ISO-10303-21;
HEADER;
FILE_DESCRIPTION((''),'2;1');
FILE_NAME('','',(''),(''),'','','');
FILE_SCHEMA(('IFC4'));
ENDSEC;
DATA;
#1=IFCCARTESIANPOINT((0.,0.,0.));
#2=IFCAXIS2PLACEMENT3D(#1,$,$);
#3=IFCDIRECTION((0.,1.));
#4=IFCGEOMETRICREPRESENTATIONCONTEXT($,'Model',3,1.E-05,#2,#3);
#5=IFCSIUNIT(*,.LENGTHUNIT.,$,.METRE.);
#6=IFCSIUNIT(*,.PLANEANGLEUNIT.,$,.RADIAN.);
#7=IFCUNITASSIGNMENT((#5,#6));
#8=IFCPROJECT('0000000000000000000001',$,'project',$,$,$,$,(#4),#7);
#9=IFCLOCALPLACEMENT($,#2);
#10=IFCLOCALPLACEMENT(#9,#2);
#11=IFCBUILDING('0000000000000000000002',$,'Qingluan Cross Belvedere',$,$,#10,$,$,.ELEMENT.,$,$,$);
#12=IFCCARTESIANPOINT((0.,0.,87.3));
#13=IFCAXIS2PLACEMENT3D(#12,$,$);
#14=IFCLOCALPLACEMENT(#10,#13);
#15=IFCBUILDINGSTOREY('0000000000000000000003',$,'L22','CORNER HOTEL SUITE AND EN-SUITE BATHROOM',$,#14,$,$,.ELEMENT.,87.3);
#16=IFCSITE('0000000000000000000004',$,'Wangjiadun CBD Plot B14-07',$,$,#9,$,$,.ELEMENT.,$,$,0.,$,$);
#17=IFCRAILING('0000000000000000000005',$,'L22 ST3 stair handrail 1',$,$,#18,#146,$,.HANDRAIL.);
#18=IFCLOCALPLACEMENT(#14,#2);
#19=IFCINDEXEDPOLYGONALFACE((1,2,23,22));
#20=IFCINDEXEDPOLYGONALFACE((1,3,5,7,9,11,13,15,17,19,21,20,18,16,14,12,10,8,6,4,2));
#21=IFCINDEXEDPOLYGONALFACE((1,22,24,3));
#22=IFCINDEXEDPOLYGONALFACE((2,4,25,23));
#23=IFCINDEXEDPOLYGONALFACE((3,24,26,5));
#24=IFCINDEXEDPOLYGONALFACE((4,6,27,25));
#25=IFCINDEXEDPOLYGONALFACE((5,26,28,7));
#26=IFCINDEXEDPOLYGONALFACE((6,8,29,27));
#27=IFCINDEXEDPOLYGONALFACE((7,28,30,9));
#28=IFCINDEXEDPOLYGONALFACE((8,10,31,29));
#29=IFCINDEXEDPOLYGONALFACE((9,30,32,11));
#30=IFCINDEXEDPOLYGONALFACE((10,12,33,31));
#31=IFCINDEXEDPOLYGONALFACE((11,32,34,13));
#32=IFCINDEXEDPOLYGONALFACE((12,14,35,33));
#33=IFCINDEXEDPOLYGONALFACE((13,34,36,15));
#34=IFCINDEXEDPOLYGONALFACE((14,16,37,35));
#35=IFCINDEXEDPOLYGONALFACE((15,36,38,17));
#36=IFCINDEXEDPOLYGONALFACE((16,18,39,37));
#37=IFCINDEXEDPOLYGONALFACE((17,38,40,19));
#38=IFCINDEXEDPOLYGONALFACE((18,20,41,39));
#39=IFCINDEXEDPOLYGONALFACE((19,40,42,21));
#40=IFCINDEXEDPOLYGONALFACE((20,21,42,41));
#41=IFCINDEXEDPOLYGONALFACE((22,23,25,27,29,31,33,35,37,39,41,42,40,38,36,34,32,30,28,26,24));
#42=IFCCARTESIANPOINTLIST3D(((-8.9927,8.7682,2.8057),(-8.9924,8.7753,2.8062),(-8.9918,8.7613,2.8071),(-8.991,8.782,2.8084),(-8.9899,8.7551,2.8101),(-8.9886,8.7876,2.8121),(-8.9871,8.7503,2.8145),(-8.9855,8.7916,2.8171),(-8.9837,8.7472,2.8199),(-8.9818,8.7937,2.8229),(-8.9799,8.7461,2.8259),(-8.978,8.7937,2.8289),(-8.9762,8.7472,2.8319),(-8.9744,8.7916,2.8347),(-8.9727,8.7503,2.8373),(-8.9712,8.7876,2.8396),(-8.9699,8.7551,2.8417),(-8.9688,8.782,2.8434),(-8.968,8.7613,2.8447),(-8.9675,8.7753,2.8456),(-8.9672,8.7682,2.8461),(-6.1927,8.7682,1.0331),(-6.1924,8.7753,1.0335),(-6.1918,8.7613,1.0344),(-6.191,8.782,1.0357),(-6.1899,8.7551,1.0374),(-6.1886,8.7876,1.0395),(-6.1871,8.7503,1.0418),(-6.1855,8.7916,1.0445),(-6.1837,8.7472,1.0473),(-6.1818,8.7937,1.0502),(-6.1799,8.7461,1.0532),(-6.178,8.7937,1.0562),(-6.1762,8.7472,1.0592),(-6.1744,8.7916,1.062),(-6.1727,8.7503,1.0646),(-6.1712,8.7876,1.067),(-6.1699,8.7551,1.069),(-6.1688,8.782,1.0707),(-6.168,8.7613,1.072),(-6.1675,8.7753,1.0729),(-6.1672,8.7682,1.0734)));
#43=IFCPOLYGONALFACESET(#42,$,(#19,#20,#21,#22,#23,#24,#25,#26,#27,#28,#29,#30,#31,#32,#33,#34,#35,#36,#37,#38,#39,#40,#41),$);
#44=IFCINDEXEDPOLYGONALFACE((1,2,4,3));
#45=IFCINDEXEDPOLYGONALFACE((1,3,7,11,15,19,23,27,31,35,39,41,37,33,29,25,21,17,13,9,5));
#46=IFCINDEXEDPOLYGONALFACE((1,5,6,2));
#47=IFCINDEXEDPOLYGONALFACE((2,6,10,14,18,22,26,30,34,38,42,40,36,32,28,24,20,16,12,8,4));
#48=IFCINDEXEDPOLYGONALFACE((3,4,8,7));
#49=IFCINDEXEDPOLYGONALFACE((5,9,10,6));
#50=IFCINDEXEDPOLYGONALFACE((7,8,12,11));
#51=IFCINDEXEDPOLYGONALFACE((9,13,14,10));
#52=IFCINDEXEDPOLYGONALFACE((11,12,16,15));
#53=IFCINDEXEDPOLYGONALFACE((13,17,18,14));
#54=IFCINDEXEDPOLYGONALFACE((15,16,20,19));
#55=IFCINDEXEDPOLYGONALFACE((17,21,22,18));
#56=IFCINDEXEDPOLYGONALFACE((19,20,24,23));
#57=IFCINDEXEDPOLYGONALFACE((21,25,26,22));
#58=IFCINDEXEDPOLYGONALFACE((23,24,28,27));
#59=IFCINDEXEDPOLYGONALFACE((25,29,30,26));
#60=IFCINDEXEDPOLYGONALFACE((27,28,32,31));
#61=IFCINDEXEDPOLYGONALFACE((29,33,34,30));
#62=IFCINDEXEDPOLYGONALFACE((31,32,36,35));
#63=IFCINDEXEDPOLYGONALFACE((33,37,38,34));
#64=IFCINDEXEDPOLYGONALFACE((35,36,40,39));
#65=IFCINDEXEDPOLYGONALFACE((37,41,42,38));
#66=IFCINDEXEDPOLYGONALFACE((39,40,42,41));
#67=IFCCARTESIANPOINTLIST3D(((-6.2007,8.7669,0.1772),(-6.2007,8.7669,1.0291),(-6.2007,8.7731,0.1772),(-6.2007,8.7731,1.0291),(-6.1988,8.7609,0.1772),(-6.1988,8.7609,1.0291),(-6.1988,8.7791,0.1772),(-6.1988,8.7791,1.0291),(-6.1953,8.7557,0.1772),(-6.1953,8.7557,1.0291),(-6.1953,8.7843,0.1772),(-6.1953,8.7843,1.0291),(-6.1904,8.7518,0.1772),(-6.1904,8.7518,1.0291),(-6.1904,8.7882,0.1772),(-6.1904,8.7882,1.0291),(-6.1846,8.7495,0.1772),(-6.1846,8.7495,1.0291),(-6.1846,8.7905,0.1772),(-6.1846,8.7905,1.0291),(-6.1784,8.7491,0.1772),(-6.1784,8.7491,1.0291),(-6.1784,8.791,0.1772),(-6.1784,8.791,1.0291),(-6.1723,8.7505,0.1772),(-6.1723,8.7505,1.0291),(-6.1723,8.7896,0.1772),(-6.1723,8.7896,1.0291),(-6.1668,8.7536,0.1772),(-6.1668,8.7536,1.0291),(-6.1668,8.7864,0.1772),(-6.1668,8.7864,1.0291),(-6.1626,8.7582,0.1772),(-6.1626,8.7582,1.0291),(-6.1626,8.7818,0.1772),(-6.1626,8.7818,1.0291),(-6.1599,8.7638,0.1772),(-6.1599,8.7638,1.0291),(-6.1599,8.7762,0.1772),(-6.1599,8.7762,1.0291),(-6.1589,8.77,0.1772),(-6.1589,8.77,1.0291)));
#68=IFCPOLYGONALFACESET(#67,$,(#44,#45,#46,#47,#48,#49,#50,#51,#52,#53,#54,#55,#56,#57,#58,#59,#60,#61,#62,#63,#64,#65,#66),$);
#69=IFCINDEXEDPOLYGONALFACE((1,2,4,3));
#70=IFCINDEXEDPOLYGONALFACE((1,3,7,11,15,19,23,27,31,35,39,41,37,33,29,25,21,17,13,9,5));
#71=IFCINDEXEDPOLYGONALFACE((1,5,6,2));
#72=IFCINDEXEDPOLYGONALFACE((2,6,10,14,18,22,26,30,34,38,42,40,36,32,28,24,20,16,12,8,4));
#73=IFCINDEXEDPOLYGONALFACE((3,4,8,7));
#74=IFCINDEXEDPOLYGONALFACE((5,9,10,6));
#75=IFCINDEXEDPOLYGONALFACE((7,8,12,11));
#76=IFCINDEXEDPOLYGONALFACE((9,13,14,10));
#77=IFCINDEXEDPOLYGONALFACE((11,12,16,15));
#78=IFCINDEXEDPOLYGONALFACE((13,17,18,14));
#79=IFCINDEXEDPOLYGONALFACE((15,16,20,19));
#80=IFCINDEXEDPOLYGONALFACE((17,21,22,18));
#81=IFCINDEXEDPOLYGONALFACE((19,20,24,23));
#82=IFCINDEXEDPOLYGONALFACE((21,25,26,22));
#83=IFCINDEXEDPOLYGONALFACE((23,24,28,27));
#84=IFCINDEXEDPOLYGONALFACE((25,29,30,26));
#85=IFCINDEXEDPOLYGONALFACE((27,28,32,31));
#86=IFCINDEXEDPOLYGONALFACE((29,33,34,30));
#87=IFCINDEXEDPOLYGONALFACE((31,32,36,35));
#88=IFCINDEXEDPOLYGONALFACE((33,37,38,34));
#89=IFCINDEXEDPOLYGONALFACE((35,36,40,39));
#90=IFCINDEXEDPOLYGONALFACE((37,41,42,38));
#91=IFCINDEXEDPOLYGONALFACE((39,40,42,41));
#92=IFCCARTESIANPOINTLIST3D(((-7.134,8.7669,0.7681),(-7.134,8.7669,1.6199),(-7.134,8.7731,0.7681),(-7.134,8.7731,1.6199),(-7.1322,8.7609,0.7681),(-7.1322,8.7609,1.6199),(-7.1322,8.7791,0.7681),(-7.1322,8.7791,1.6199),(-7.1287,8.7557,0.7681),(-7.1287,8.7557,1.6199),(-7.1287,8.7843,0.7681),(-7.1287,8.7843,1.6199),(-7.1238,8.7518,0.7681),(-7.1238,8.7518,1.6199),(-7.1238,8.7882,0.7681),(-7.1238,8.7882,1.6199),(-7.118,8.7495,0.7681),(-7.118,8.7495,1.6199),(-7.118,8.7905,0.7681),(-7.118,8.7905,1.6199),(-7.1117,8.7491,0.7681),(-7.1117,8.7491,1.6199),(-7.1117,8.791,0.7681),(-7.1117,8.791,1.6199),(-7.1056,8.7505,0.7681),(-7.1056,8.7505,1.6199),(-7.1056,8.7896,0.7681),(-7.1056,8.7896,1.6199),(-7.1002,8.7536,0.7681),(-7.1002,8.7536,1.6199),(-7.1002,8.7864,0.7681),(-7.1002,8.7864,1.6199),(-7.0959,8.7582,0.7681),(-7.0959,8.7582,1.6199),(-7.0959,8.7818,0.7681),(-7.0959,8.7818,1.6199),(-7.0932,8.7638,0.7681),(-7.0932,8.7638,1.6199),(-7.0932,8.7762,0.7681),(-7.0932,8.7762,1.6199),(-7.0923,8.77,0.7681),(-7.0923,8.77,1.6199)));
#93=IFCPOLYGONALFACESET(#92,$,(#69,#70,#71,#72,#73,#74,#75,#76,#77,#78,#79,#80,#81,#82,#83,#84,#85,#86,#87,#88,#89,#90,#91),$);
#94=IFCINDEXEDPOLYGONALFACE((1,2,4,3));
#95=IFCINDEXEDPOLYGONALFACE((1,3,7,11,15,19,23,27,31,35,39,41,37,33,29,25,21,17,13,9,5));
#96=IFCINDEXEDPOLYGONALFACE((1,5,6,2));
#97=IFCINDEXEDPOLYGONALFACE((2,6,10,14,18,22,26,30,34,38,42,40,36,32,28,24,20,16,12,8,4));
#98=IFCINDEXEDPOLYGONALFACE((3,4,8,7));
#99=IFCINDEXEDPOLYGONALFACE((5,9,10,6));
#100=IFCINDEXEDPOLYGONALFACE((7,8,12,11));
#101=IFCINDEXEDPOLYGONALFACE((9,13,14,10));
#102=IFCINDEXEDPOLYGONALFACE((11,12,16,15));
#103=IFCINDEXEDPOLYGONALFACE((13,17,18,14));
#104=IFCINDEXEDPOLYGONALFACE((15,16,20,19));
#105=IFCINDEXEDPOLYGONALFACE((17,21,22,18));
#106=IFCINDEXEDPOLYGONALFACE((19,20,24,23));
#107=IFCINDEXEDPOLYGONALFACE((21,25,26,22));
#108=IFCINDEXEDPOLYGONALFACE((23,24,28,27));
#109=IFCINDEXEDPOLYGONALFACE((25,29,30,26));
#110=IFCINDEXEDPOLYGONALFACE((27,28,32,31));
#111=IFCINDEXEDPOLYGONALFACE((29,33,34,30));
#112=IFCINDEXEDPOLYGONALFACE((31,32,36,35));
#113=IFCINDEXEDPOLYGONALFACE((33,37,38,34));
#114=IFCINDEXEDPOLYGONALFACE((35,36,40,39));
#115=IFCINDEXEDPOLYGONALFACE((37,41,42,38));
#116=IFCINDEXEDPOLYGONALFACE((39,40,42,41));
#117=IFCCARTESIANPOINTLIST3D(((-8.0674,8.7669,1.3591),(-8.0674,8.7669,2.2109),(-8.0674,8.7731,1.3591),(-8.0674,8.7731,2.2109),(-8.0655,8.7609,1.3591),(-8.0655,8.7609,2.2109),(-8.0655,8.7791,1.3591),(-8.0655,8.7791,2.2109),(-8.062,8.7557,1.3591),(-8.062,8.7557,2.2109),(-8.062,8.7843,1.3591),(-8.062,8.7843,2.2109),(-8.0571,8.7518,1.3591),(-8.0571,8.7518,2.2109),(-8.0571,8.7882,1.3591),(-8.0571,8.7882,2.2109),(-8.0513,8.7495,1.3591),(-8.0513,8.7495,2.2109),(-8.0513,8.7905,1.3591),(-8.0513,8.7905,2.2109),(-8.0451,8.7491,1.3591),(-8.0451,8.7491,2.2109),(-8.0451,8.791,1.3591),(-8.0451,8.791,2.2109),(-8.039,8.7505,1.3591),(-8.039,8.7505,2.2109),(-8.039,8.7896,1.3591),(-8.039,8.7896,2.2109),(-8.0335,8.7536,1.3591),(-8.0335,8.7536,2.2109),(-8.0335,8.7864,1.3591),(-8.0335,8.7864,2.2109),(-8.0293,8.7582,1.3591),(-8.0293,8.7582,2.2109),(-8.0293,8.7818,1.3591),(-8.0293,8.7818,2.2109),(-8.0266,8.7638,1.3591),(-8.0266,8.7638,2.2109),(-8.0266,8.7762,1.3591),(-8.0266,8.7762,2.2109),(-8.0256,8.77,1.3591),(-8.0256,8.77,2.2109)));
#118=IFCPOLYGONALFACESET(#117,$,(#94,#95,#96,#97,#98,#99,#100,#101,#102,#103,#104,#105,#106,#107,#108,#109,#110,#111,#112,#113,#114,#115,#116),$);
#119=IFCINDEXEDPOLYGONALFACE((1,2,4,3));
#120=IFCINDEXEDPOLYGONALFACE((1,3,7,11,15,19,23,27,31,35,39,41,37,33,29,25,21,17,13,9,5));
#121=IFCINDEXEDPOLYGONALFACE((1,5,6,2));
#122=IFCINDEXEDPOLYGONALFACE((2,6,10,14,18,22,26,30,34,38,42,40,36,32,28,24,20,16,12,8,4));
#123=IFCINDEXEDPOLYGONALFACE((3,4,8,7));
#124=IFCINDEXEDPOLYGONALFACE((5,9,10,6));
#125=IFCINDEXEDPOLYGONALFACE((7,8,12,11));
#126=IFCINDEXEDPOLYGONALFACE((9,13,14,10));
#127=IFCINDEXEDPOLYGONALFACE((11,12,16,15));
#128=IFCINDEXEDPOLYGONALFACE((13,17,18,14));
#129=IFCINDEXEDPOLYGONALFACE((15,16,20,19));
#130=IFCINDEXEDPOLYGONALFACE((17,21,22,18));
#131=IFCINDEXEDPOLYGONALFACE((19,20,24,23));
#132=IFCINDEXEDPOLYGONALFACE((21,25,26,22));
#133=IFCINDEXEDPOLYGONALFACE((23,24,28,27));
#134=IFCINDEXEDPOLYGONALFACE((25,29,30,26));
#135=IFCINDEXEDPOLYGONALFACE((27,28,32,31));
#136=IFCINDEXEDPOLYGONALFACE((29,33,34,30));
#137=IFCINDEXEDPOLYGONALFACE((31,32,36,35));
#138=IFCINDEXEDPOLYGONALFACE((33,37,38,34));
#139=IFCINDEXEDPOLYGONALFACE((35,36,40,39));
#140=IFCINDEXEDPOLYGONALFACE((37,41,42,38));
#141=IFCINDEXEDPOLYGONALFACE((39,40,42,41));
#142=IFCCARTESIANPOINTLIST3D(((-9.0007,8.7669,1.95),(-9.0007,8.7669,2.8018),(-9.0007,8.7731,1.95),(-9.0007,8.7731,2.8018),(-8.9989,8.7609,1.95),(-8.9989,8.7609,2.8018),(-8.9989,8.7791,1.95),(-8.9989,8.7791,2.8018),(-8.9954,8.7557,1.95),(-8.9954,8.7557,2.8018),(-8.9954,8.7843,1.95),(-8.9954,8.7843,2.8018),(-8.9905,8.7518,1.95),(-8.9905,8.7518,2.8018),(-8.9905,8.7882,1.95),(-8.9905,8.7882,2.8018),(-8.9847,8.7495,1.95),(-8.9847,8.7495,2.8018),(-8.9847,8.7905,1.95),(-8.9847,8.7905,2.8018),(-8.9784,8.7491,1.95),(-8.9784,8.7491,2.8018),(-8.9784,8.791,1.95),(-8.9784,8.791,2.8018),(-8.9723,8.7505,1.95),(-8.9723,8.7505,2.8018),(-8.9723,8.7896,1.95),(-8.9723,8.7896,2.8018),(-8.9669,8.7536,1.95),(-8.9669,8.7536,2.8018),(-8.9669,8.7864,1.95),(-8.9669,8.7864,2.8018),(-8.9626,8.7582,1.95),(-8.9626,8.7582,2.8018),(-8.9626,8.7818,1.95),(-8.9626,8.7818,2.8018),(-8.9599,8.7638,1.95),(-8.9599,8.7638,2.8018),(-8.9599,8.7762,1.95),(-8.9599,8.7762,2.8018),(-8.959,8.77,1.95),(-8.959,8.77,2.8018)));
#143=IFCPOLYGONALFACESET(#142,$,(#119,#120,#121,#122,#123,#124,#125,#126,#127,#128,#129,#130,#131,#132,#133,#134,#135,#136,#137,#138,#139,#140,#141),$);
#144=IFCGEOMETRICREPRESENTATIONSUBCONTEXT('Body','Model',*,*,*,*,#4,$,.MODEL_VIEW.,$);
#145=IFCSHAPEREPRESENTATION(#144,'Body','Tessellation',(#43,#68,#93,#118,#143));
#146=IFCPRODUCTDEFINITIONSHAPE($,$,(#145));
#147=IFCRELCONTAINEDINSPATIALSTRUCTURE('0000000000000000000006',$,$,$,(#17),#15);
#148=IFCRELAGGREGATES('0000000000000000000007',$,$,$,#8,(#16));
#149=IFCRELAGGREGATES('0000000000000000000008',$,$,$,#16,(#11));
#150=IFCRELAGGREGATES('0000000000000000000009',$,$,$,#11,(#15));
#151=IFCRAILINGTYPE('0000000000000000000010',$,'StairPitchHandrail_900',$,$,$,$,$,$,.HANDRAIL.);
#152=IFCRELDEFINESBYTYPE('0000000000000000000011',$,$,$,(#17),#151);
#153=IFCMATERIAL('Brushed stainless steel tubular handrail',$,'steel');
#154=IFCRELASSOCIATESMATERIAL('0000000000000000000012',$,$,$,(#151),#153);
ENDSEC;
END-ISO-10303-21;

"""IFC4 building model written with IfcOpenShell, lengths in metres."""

from ifc_helpers import new_model, si_unit, direction, frame, origin, origin_2d, place, context, subcontext, project, spatial, circle, extrude, material, type_object, element, save


model = new_model("IFC4")

# Units and contexts
model_context = context("Model", 3, precision=1e-05, world=origin(), true_north=direction((0.0, 1.0)))
body_context = subcontext(model_context, "Body", "Model", "MODEL_VIEW")
ifc_project = project(units=[si_unit("LENGTHUNIT", "METRE"), si_unit("PLANEANGLEUNIT", "RADIAN")], contexts=[model_context])

# Site, building, storey
site_placement = place(None, origin())
site = spatial("IfcSite", under=ifc_project, at=site_placement, Name="Wangjiadun CBD Plot B14-07", CompositionType="ELEMENT", RefElevation=0.0)
building_placement = place(site_placement, origin())
building = spatial("IfcBuilding", under=site, at=building_placement, Name="Qingluan Cross Belvedere", CompositionType="ELEMENT")
storey_placement = place(building_placement, frame((0.0, 0.0, 87.3)))
storey = spatial("IfcBuildingStorey", under=building, at=storey_placement, Name="L22", Description="CORNER HOTEL SUITE AND EN-SUITE BATHROOM", CompositionType="ELEMENT", Elevation=87.3)

# Railing
ifc_material_1 = material(Name="Brushed stainless steel tubular handrail", Category="steel")
railing_type_1 = type_object("IfcRailingType", Name="StairPitchHandrail_900", PredefinedType="HANDRAIL", material=ifc_material_1)
railing_1_placement = place(storey_placement, frame((-6.1799, 8.77, 0.1772)))
element("IfcRailing", 1, at=railing_1_placement, inside=storey, type_object=railing_type_1, Name="L22 ST3 stair handrail 1", PredefinedType="HANDRAIL", context=body_context, shape_type="SweptSolid", body=[
    extrude(circle(Radius=0.0239, at=origin_2d()), frame((0.0, 0.0, 0.876), z_axis=(-0.844909, 0.0, 0.53491), x_axis=(0.0, -1.0, 0.0)), (0.0, 0.0, 1.0), 3.314),
    extrude(circle(Radius=0.021, at=origin_2d()), origin(), (0.0, 0.0, 1.0), 0.8518),
    extrude(circle(Radius=0.021, at=origin_2d()), frame((-0.9333, 0.0, 0.5908)), (0.0, 0.0, 1.0), 0.8518),
    extrude(circle(Radius=0.021, at=origin_2d()), frame((-1.8667, 0.0, 1.1819)), (0.0, 0.0, 1.0), 0.8518),
    extrude(circle(Radius=0.021, at=origin_2d()), frame((-2.8, 0.0, 1.7727)), (0.0, 0.0, 1.0), 0.8518),
])

save(model, "model.ifc")
